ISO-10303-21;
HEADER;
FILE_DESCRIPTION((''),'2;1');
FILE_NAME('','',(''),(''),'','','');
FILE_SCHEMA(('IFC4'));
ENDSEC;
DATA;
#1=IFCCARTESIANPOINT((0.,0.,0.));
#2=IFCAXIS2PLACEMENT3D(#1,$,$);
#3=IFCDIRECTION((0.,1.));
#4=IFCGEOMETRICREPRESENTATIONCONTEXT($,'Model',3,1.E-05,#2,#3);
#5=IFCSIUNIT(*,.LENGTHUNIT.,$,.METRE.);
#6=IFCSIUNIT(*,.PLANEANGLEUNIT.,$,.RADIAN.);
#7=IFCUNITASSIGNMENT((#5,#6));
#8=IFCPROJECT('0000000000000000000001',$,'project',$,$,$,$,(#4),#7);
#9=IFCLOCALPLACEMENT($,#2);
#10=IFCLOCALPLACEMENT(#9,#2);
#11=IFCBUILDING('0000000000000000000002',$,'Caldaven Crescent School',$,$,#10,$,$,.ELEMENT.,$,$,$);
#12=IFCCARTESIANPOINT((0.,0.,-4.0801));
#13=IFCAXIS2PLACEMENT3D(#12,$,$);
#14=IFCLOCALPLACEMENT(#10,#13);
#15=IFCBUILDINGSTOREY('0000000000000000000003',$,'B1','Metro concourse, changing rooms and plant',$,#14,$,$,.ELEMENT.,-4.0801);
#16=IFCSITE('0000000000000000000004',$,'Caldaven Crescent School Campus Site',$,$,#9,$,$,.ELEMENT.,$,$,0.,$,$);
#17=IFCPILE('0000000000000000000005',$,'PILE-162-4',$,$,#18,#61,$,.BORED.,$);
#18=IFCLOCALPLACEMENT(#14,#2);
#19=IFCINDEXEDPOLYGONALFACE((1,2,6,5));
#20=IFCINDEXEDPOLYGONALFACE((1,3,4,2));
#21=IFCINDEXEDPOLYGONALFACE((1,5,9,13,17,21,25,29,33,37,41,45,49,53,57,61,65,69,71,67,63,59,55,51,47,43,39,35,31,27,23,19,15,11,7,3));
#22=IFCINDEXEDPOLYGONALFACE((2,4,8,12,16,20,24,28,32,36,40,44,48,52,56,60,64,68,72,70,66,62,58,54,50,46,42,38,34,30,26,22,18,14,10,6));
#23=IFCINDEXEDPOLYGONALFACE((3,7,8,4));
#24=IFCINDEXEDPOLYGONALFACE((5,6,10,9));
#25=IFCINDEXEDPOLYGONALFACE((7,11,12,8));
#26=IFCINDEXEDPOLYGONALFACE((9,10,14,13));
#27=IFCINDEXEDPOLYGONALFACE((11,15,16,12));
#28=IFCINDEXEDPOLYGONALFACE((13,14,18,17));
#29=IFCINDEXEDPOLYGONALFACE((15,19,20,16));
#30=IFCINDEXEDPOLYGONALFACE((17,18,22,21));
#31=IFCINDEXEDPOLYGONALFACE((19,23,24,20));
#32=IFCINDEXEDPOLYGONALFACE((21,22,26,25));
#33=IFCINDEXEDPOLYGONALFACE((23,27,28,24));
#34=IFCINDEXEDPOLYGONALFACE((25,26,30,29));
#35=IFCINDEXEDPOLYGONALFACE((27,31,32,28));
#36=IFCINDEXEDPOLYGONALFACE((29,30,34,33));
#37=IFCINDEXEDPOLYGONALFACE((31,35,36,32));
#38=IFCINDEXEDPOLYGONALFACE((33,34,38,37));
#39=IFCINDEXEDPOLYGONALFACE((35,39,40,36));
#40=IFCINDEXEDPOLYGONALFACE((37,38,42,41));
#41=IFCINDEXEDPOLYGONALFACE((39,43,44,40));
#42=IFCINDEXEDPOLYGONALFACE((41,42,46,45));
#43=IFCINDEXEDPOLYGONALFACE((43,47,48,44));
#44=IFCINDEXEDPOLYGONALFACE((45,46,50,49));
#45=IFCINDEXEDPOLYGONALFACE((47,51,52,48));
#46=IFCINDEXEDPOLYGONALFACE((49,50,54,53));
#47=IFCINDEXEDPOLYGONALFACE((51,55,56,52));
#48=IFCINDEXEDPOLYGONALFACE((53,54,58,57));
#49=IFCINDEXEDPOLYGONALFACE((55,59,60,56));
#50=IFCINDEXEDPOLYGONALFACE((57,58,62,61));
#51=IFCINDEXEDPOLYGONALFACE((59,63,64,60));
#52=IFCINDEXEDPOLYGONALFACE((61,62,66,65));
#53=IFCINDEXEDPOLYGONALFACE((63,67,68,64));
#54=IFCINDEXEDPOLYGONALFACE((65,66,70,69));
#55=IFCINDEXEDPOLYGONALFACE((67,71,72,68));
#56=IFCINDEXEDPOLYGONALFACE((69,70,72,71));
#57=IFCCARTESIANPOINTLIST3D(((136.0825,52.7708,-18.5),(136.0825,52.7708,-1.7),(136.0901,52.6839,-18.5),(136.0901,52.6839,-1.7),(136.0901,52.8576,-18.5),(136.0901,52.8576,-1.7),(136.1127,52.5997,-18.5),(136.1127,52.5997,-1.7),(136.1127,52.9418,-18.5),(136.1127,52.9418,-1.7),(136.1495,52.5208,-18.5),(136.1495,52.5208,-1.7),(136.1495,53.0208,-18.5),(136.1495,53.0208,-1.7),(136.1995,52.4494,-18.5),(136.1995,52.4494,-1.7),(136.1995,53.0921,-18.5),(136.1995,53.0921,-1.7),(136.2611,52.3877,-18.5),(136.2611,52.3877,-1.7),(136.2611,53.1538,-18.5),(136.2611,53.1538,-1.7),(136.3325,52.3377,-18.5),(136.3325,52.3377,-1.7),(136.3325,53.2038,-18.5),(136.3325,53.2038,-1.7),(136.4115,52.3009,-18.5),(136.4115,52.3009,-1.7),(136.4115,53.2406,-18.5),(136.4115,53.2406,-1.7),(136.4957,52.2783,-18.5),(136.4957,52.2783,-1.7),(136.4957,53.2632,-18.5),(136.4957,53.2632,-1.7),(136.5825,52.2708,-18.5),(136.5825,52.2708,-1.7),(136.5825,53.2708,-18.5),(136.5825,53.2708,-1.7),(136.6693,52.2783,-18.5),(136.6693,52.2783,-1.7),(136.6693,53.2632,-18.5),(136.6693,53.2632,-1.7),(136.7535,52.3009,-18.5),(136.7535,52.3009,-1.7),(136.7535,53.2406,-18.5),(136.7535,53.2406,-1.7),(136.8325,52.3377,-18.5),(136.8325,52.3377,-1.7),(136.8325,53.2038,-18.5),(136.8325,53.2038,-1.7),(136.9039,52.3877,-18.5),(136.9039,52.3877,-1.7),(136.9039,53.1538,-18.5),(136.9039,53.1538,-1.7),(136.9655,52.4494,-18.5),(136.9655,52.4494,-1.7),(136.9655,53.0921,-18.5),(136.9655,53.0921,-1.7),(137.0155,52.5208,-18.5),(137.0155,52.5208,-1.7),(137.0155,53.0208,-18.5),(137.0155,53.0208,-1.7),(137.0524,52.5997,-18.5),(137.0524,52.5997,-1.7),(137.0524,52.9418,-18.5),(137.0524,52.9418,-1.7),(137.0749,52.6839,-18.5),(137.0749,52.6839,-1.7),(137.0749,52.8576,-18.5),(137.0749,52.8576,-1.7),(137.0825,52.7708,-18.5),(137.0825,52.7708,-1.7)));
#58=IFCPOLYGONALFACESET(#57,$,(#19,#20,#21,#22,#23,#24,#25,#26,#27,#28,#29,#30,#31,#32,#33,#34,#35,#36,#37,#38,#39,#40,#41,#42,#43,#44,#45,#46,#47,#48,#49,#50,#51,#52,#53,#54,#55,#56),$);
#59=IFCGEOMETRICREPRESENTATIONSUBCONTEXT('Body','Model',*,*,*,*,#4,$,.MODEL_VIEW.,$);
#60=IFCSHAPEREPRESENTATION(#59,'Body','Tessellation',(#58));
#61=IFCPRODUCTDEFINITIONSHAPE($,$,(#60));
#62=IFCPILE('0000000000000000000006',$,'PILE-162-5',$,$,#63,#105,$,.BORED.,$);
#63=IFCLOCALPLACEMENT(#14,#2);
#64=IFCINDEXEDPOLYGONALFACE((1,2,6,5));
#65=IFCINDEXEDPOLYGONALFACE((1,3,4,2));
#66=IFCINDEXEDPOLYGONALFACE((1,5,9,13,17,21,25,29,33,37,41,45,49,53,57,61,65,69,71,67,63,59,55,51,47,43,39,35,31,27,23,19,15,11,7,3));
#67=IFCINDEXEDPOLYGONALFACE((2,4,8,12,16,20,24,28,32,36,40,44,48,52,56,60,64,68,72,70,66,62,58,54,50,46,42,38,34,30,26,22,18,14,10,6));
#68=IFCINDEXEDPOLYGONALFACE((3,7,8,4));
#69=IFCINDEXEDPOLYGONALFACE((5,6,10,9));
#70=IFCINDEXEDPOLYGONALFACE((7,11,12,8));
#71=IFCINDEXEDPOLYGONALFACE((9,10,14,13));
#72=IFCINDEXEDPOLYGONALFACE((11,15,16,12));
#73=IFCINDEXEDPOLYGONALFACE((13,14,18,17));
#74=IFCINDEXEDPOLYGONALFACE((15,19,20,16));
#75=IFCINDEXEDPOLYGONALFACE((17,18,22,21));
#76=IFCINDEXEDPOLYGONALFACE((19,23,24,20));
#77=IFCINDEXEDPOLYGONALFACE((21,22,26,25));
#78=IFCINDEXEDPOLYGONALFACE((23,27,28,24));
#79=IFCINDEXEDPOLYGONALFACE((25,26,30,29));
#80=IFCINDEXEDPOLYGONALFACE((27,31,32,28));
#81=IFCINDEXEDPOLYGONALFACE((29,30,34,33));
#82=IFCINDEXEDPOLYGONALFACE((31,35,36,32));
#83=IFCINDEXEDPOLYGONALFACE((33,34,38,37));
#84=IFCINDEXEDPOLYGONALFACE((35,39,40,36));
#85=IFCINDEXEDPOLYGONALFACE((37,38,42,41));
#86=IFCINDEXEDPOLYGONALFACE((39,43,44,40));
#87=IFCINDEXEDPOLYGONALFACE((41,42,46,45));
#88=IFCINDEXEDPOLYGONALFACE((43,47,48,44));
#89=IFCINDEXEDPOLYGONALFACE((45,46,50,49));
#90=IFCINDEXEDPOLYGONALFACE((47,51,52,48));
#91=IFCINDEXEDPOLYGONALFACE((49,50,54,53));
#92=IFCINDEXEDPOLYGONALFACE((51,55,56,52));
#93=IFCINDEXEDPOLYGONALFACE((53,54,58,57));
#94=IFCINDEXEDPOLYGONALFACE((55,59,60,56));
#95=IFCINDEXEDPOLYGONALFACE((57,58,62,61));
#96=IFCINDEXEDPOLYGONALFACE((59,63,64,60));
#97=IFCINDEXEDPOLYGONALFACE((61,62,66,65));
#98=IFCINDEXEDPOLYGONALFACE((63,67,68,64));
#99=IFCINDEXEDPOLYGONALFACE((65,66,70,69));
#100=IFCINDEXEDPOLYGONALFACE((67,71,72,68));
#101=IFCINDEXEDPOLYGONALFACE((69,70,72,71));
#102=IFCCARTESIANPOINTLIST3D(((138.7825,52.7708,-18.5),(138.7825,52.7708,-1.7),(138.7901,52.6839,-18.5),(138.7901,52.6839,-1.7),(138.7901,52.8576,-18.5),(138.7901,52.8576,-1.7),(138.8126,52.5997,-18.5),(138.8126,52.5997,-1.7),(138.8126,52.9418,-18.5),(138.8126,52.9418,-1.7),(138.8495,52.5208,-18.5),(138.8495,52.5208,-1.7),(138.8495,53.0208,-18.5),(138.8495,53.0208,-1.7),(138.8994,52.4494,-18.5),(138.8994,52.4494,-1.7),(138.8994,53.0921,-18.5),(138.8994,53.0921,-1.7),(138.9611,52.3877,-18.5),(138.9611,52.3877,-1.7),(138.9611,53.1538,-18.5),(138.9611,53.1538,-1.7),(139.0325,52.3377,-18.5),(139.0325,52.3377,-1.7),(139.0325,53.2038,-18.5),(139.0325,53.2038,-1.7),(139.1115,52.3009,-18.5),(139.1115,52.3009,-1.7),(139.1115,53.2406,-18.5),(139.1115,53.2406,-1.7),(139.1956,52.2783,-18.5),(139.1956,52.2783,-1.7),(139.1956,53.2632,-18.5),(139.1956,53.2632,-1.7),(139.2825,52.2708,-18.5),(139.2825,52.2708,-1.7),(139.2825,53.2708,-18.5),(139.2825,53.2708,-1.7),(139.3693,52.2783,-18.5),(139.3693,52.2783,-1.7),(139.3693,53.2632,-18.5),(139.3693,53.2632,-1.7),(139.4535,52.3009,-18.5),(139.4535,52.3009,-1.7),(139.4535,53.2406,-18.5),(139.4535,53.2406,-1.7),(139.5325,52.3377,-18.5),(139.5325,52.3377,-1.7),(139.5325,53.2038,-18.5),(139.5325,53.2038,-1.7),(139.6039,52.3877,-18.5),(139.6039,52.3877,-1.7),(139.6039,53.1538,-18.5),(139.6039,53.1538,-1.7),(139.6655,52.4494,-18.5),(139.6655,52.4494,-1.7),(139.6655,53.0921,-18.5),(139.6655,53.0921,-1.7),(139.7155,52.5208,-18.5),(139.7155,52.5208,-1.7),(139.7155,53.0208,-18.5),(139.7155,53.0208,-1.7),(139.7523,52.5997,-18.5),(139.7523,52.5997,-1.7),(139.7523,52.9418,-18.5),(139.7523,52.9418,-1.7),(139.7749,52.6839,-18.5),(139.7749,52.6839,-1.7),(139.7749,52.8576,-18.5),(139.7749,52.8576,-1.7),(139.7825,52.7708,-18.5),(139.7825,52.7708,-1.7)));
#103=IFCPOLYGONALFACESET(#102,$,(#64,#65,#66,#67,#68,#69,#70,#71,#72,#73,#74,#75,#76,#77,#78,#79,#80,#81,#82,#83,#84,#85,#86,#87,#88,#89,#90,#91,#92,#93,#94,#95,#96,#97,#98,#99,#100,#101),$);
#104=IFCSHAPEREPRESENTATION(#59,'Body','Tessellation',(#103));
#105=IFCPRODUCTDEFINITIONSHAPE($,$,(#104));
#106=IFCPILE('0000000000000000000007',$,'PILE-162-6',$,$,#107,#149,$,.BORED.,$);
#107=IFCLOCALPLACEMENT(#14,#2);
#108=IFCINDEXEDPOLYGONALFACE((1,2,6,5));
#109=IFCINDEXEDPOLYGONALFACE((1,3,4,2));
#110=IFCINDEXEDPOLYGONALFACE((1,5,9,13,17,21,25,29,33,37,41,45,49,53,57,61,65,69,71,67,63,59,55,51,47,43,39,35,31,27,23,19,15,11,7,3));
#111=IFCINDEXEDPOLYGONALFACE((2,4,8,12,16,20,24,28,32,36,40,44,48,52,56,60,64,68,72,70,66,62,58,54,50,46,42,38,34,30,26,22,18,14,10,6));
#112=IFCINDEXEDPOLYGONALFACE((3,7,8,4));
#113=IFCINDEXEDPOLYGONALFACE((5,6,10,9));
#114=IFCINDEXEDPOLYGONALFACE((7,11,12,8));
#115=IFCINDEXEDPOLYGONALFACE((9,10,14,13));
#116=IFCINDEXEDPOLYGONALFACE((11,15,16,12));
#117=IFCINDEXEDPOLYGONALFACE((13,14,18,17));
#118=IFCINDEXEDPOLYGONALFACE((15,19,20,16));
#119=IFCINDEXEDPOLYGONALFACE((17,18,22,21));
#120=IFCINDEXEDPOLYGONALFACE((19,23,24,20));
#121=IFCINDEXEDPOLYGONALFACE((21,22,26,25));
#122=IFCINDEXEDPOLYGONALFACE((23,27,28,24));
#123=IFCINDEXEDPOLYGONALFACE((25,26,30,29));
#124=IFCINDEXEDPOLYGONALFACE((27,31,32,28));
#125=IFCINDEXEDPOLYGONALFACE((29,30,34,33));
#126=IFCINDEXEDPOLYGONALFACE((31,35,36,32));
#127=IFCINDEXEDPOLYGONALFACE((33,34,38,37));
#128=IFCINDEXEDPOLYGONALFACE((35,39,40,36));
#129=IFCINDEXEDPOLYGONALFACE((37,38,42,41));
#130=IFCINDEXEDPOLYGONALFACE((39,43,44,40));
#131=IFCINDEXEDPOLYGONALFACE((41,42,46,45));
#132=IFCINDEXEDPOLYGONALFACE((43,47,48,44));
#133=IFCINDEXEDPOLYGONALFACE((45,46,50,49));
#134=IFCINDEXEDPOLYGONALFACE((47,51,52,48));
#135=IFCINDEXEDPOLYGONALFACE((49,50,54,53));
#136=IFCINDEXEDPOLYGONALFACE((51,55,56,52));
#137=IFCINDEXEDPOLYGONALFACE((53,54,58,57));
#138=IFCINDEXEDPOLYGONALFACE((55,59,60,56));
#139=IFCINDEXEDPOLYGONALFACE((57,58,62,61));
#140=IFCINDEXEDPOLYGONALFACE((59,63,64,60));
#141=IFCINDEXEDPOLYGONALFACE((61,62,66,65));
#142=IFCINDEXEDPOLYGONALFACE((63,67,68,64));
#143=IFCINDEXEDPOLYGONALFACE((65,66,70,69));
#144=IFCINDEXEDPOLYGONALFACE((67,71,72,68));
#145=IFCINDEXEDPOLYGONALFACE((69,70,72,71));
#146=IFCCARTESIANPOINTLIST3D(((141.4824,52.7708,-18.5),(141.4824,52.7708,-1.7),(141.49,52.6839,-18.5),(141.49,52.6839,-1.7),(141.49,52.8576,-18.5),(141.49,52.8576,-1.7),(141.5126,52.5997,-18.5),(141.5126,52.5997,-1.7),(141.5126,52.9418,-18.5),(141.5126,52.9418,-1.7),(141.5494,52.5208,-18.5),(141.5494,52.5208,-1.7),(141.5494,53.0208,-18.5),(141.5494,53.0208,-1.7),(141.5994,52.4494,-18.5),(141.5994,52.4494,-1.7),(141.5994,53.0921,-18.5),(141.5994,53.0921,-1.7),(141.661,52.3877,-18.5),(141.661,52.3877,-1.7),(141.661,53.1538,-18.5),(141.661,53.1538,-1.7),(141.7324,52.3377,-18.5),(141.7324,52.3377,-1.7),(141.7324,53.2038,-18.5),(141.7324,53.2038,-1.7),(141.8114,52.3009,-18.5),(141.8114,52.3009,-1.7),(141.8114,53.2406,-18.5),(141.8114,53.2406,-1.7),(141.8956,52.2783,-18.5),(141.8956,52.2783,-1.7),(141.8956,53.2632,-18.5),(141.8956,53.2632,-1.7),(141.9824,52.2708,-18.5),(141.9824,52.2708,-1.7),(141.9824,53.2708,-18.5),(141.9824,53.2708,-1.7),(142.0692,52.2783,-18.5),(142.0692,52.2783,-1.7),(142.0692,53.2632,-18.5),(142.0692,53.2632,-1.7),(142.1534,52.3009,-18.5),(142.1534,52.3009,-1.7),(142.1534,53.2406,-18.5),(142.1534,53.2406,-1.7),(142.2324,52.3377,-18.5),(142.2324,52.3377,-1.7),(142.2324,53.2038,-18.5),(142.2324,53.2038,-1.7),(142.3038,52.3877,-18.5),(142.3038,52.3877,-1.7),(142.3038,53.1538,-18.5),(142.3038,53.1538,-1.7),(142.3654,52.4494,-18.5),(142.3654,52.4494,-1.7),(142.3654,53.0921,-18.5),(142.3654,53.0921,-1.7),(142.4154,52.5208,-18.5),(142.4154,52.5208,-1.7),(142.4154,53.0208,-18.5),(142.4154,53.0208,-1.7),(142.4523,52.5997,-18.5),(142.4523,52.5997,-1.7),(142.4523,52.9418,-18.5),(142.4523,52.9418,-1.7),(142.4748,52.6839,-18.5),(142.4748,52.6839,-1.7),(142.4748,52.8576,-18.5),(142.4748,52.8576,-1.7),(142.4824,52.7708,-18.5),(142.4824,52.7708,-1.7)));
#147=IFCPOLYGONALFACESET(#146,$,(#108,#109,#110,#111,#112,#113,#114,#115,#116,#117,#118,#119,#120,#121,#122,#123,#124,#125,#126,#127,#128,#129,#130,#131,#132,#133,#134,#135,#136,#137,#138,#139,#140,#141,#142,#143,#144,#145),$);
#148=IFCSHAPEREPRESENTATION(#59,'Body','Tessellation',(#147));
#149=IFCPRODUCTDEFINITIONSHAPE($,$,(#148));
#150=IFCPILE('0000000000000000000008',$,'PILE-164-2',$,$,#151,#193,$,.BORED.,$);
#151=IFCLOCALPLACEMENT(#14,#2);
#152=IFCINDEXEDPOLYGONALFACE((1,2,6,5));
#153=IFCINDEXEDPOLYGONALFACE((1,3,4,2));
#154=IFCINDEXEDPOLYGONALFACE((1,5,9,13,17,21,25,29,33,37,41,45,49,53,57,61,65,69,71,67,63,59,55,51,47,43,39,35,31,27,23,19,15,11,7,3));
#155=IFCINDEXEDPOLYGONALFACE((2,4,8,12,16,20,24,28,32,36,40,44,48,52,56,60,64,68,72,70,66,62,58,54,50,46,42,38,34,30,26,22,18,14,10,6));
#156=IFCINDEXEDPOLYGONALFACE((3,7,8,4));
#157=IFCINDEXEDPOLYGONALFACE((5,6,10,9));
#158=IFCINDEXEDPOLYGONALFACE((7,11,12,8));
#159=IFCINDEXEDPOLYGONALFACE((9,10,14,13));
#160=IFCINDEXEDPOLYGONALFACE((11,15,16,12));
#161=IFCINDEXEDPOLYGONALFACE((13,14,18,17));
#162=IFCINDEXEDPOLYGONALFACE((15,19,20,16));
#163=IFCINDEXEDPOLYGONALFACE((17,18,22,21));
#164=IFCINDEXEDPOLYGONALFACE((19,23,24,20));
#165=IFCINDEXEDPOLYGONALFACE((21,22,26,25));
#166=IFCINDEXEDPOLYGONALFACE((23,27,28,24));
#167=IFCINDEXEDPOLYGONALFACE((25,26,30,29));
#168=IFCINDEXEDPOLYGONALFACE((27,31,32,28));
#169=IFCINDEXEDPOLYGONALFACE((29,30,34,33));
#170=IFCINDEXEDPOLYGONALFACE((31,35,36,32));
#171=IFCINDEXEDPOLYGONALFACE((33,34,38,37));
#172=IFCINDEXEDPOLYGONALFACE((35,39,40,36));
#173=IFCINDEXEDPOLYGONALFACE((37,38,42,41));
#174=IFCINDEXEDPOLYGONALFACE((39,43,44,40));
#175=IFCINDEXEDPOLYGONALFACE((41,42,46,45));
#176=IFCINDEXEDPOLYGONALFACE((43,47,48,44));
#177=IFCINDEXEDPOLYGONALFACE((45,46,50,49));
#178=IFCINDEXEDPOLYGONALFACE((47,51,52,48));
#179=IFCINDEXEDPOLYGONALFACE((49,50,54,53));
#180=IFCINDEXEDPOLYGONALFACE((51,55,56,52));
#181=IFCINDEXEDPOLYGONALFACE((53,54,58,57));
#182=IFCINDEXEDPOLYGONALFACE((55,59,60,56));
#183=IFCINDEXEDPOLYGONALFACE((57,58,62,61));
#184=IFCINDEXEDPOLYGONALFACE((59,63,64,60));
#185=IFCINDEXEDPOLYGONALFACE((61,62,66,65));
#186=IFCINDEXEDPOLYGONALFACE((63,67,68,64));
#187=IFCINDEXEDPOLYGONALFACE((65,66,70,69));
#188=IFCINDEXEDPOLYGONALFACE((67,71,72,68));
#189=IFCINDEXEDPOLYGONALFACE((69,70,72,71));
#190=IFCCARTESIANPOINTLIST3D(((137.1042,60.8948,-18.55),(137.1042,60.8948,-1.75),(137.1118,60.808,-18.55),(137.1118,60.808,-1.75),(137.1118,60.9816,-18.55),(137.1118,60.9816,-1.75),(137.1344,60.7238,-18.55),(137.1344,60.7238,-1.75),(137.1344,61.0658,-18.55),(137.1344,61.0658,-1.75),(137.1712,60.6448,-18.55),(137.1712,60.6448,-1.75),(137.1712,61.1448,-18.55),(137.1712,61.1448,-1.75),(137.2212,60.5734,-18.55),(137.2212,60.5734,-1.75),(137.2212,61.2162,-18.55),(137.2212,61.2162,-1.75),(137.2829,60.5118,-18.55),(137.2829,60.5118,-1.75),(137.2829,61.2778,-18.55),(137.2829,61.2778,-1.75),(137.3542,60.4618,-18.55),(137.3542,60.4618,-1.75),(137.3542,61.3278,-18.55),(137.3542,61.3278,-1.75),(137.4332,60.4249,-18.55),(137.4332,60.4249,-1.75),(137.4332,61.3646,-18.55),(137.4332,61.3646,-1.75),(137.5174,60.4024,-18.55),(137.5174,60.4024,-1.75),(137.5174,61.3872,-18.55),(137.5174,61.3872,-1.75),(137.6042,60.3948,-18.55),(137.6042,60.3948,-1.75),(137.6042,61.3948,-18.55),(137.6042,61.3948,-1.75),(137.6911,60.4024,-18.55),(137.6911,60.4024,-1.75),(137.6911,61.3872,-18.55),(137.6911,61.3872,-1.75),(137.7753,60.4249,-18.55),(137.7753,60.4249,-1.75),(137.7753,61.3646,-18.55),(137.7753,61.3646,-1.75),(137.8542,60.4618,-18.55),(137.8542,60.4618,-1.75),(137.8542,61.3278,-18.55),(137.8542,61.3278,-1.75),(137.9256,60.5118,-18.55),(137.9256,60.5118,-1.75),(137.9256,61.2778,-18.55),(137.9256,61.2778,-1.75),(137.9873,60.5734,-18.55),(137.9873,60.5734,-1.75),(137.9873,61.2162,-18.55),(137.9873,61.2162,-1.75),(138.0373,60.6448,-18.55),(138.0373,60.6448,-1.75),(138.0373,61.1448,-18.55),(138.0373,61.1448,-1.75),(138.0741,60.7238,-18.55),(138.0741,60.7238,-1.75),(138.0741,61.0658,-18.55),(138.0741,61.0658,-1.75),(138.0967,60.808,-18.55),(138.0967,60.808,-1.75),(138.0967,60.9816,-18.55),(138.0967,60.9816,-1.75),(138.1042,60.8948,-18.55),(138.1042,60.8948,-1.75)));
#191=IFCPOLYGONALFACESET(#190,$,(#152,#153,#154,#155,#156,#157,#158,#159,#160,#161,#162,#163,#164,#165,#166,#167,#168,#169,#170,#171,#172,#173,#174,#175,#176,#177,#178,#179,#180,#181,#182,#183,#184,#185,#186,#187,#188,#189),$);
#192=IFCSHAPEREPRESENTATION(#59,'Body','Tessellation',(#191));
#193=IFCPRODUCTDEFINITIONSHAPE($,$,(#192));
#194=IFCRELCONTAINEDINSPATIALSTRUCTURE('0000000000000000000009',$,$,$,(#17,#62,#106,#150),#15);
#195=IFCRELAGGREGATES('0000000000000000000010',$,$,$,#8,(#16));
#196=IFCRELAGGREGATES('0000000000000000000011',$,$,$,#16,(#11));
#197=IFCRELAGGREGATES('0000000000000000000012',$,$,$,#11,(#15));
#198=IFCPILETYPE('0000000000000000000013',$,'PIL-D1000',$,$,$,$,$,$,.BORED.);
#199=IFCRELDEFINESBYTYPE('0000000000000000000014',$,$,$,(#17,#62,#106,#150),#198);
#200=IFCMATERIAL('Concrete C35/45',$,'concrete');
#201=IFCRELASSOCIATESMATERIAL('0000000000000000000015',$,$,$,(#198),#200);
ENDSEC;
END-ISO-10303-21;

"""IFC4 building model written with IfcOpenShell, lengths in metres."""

from ifc_helpers import new_model, si_unit, direction, frame, origin, origin_2d, place, context, subcontext, project, spatial, circle, extrude, material, material_profile, profile_set, type_object, element, save


model = new_model("IFC4")

# Units and contexts
model_context = context("Model", 3, precision=1e-05, world=origin(), true_north=direction((0.0, 1.0)))
body_context = subcontext(model_context, "Body", "Model", "MODEL_VIEW")
ifc_project = project(units=[si_unit("LENGTHUNIT", "METRE"), si_unit("PLANEANGLEUNIT", "RADIAN")], contexts=[model_context])

# Site, building, storey
site_placement = place(None, origin())
site = spatial("IfcSite", under=ifc_project, at=site_placement, Name="Caldaven Crescent School Campus Site", CompositionType="ELEMENT", RefElevation=0.0)
building_placement = place(site_placement, origin())
building = spatial("IfcBuilding", under=site, at=building_placement, Name="Caldaven Crescent School", CompositionType="ELEMENT")
storey_placement = place(building_placement, frame((0.0, 0.0, -4.0801)))
storey = spatial("IfcBuildingStorey", under=building, at=storey_placement, Name="B1", Description="Metro concourse, changing rooms and plant", CompositionType="ELEMENT", Elevation=-4.0801)

# Shared definitions
ifc_material_1 = material(Name="Concrete C35/45", Category="concrete")

# Piles
ifc_material_profile_1 = material_profile(ifc_material_1, circle(Radius=0.5, at=origin_2d()), Name="PILE D1000")
ifc_profile_set_1 = profile_set([ifc_material_profile_1], Name="Concrete C35/45")
pile_type = type_object("IfcPileType", Name="PIL-D1000", PredefinedType="BORED", material=ifc_profile_set_1)
for number, where, z_axis, x_axis, name in (
    (1, (136.5825, 52.7708, -1.7), (0.0, 0.0, -1.0), (1.0, 0.0, 0.0), "PILE-162-4"),
    (2, (139.2825, 52.7708, -1.7), (0.0, 0.0, -1.0), (1.0, 0.0, 0.0), "PILE-162-5"),
    (3, (141.9824, 52.7708, -1.7), (0.0, 0.0, -1.0), (1.0, 0.0, 0.0), "PILE-162-6"),
    (4, (137.6042, 60.8948, -1.75), (0.0, 0.0, -1.0), (1.0, 0.0, 0.0), "PILE-164-2"),
):
    element("IfcPile", number, at=place(storey_placement, frame(where, z_axis=z_axis, x_axis=x_axis)), inside=storey, type_object=pile_type, Name=name, PredefinedType="BORED", context=body_context, shape_type="SweptSolid", body=[
        extrude(circle(Radius=0.5, at=origin_2d()), origin(), (0.0, 0.0, 1.0), 16.8),
    ])

save(model, "model.ifc")
